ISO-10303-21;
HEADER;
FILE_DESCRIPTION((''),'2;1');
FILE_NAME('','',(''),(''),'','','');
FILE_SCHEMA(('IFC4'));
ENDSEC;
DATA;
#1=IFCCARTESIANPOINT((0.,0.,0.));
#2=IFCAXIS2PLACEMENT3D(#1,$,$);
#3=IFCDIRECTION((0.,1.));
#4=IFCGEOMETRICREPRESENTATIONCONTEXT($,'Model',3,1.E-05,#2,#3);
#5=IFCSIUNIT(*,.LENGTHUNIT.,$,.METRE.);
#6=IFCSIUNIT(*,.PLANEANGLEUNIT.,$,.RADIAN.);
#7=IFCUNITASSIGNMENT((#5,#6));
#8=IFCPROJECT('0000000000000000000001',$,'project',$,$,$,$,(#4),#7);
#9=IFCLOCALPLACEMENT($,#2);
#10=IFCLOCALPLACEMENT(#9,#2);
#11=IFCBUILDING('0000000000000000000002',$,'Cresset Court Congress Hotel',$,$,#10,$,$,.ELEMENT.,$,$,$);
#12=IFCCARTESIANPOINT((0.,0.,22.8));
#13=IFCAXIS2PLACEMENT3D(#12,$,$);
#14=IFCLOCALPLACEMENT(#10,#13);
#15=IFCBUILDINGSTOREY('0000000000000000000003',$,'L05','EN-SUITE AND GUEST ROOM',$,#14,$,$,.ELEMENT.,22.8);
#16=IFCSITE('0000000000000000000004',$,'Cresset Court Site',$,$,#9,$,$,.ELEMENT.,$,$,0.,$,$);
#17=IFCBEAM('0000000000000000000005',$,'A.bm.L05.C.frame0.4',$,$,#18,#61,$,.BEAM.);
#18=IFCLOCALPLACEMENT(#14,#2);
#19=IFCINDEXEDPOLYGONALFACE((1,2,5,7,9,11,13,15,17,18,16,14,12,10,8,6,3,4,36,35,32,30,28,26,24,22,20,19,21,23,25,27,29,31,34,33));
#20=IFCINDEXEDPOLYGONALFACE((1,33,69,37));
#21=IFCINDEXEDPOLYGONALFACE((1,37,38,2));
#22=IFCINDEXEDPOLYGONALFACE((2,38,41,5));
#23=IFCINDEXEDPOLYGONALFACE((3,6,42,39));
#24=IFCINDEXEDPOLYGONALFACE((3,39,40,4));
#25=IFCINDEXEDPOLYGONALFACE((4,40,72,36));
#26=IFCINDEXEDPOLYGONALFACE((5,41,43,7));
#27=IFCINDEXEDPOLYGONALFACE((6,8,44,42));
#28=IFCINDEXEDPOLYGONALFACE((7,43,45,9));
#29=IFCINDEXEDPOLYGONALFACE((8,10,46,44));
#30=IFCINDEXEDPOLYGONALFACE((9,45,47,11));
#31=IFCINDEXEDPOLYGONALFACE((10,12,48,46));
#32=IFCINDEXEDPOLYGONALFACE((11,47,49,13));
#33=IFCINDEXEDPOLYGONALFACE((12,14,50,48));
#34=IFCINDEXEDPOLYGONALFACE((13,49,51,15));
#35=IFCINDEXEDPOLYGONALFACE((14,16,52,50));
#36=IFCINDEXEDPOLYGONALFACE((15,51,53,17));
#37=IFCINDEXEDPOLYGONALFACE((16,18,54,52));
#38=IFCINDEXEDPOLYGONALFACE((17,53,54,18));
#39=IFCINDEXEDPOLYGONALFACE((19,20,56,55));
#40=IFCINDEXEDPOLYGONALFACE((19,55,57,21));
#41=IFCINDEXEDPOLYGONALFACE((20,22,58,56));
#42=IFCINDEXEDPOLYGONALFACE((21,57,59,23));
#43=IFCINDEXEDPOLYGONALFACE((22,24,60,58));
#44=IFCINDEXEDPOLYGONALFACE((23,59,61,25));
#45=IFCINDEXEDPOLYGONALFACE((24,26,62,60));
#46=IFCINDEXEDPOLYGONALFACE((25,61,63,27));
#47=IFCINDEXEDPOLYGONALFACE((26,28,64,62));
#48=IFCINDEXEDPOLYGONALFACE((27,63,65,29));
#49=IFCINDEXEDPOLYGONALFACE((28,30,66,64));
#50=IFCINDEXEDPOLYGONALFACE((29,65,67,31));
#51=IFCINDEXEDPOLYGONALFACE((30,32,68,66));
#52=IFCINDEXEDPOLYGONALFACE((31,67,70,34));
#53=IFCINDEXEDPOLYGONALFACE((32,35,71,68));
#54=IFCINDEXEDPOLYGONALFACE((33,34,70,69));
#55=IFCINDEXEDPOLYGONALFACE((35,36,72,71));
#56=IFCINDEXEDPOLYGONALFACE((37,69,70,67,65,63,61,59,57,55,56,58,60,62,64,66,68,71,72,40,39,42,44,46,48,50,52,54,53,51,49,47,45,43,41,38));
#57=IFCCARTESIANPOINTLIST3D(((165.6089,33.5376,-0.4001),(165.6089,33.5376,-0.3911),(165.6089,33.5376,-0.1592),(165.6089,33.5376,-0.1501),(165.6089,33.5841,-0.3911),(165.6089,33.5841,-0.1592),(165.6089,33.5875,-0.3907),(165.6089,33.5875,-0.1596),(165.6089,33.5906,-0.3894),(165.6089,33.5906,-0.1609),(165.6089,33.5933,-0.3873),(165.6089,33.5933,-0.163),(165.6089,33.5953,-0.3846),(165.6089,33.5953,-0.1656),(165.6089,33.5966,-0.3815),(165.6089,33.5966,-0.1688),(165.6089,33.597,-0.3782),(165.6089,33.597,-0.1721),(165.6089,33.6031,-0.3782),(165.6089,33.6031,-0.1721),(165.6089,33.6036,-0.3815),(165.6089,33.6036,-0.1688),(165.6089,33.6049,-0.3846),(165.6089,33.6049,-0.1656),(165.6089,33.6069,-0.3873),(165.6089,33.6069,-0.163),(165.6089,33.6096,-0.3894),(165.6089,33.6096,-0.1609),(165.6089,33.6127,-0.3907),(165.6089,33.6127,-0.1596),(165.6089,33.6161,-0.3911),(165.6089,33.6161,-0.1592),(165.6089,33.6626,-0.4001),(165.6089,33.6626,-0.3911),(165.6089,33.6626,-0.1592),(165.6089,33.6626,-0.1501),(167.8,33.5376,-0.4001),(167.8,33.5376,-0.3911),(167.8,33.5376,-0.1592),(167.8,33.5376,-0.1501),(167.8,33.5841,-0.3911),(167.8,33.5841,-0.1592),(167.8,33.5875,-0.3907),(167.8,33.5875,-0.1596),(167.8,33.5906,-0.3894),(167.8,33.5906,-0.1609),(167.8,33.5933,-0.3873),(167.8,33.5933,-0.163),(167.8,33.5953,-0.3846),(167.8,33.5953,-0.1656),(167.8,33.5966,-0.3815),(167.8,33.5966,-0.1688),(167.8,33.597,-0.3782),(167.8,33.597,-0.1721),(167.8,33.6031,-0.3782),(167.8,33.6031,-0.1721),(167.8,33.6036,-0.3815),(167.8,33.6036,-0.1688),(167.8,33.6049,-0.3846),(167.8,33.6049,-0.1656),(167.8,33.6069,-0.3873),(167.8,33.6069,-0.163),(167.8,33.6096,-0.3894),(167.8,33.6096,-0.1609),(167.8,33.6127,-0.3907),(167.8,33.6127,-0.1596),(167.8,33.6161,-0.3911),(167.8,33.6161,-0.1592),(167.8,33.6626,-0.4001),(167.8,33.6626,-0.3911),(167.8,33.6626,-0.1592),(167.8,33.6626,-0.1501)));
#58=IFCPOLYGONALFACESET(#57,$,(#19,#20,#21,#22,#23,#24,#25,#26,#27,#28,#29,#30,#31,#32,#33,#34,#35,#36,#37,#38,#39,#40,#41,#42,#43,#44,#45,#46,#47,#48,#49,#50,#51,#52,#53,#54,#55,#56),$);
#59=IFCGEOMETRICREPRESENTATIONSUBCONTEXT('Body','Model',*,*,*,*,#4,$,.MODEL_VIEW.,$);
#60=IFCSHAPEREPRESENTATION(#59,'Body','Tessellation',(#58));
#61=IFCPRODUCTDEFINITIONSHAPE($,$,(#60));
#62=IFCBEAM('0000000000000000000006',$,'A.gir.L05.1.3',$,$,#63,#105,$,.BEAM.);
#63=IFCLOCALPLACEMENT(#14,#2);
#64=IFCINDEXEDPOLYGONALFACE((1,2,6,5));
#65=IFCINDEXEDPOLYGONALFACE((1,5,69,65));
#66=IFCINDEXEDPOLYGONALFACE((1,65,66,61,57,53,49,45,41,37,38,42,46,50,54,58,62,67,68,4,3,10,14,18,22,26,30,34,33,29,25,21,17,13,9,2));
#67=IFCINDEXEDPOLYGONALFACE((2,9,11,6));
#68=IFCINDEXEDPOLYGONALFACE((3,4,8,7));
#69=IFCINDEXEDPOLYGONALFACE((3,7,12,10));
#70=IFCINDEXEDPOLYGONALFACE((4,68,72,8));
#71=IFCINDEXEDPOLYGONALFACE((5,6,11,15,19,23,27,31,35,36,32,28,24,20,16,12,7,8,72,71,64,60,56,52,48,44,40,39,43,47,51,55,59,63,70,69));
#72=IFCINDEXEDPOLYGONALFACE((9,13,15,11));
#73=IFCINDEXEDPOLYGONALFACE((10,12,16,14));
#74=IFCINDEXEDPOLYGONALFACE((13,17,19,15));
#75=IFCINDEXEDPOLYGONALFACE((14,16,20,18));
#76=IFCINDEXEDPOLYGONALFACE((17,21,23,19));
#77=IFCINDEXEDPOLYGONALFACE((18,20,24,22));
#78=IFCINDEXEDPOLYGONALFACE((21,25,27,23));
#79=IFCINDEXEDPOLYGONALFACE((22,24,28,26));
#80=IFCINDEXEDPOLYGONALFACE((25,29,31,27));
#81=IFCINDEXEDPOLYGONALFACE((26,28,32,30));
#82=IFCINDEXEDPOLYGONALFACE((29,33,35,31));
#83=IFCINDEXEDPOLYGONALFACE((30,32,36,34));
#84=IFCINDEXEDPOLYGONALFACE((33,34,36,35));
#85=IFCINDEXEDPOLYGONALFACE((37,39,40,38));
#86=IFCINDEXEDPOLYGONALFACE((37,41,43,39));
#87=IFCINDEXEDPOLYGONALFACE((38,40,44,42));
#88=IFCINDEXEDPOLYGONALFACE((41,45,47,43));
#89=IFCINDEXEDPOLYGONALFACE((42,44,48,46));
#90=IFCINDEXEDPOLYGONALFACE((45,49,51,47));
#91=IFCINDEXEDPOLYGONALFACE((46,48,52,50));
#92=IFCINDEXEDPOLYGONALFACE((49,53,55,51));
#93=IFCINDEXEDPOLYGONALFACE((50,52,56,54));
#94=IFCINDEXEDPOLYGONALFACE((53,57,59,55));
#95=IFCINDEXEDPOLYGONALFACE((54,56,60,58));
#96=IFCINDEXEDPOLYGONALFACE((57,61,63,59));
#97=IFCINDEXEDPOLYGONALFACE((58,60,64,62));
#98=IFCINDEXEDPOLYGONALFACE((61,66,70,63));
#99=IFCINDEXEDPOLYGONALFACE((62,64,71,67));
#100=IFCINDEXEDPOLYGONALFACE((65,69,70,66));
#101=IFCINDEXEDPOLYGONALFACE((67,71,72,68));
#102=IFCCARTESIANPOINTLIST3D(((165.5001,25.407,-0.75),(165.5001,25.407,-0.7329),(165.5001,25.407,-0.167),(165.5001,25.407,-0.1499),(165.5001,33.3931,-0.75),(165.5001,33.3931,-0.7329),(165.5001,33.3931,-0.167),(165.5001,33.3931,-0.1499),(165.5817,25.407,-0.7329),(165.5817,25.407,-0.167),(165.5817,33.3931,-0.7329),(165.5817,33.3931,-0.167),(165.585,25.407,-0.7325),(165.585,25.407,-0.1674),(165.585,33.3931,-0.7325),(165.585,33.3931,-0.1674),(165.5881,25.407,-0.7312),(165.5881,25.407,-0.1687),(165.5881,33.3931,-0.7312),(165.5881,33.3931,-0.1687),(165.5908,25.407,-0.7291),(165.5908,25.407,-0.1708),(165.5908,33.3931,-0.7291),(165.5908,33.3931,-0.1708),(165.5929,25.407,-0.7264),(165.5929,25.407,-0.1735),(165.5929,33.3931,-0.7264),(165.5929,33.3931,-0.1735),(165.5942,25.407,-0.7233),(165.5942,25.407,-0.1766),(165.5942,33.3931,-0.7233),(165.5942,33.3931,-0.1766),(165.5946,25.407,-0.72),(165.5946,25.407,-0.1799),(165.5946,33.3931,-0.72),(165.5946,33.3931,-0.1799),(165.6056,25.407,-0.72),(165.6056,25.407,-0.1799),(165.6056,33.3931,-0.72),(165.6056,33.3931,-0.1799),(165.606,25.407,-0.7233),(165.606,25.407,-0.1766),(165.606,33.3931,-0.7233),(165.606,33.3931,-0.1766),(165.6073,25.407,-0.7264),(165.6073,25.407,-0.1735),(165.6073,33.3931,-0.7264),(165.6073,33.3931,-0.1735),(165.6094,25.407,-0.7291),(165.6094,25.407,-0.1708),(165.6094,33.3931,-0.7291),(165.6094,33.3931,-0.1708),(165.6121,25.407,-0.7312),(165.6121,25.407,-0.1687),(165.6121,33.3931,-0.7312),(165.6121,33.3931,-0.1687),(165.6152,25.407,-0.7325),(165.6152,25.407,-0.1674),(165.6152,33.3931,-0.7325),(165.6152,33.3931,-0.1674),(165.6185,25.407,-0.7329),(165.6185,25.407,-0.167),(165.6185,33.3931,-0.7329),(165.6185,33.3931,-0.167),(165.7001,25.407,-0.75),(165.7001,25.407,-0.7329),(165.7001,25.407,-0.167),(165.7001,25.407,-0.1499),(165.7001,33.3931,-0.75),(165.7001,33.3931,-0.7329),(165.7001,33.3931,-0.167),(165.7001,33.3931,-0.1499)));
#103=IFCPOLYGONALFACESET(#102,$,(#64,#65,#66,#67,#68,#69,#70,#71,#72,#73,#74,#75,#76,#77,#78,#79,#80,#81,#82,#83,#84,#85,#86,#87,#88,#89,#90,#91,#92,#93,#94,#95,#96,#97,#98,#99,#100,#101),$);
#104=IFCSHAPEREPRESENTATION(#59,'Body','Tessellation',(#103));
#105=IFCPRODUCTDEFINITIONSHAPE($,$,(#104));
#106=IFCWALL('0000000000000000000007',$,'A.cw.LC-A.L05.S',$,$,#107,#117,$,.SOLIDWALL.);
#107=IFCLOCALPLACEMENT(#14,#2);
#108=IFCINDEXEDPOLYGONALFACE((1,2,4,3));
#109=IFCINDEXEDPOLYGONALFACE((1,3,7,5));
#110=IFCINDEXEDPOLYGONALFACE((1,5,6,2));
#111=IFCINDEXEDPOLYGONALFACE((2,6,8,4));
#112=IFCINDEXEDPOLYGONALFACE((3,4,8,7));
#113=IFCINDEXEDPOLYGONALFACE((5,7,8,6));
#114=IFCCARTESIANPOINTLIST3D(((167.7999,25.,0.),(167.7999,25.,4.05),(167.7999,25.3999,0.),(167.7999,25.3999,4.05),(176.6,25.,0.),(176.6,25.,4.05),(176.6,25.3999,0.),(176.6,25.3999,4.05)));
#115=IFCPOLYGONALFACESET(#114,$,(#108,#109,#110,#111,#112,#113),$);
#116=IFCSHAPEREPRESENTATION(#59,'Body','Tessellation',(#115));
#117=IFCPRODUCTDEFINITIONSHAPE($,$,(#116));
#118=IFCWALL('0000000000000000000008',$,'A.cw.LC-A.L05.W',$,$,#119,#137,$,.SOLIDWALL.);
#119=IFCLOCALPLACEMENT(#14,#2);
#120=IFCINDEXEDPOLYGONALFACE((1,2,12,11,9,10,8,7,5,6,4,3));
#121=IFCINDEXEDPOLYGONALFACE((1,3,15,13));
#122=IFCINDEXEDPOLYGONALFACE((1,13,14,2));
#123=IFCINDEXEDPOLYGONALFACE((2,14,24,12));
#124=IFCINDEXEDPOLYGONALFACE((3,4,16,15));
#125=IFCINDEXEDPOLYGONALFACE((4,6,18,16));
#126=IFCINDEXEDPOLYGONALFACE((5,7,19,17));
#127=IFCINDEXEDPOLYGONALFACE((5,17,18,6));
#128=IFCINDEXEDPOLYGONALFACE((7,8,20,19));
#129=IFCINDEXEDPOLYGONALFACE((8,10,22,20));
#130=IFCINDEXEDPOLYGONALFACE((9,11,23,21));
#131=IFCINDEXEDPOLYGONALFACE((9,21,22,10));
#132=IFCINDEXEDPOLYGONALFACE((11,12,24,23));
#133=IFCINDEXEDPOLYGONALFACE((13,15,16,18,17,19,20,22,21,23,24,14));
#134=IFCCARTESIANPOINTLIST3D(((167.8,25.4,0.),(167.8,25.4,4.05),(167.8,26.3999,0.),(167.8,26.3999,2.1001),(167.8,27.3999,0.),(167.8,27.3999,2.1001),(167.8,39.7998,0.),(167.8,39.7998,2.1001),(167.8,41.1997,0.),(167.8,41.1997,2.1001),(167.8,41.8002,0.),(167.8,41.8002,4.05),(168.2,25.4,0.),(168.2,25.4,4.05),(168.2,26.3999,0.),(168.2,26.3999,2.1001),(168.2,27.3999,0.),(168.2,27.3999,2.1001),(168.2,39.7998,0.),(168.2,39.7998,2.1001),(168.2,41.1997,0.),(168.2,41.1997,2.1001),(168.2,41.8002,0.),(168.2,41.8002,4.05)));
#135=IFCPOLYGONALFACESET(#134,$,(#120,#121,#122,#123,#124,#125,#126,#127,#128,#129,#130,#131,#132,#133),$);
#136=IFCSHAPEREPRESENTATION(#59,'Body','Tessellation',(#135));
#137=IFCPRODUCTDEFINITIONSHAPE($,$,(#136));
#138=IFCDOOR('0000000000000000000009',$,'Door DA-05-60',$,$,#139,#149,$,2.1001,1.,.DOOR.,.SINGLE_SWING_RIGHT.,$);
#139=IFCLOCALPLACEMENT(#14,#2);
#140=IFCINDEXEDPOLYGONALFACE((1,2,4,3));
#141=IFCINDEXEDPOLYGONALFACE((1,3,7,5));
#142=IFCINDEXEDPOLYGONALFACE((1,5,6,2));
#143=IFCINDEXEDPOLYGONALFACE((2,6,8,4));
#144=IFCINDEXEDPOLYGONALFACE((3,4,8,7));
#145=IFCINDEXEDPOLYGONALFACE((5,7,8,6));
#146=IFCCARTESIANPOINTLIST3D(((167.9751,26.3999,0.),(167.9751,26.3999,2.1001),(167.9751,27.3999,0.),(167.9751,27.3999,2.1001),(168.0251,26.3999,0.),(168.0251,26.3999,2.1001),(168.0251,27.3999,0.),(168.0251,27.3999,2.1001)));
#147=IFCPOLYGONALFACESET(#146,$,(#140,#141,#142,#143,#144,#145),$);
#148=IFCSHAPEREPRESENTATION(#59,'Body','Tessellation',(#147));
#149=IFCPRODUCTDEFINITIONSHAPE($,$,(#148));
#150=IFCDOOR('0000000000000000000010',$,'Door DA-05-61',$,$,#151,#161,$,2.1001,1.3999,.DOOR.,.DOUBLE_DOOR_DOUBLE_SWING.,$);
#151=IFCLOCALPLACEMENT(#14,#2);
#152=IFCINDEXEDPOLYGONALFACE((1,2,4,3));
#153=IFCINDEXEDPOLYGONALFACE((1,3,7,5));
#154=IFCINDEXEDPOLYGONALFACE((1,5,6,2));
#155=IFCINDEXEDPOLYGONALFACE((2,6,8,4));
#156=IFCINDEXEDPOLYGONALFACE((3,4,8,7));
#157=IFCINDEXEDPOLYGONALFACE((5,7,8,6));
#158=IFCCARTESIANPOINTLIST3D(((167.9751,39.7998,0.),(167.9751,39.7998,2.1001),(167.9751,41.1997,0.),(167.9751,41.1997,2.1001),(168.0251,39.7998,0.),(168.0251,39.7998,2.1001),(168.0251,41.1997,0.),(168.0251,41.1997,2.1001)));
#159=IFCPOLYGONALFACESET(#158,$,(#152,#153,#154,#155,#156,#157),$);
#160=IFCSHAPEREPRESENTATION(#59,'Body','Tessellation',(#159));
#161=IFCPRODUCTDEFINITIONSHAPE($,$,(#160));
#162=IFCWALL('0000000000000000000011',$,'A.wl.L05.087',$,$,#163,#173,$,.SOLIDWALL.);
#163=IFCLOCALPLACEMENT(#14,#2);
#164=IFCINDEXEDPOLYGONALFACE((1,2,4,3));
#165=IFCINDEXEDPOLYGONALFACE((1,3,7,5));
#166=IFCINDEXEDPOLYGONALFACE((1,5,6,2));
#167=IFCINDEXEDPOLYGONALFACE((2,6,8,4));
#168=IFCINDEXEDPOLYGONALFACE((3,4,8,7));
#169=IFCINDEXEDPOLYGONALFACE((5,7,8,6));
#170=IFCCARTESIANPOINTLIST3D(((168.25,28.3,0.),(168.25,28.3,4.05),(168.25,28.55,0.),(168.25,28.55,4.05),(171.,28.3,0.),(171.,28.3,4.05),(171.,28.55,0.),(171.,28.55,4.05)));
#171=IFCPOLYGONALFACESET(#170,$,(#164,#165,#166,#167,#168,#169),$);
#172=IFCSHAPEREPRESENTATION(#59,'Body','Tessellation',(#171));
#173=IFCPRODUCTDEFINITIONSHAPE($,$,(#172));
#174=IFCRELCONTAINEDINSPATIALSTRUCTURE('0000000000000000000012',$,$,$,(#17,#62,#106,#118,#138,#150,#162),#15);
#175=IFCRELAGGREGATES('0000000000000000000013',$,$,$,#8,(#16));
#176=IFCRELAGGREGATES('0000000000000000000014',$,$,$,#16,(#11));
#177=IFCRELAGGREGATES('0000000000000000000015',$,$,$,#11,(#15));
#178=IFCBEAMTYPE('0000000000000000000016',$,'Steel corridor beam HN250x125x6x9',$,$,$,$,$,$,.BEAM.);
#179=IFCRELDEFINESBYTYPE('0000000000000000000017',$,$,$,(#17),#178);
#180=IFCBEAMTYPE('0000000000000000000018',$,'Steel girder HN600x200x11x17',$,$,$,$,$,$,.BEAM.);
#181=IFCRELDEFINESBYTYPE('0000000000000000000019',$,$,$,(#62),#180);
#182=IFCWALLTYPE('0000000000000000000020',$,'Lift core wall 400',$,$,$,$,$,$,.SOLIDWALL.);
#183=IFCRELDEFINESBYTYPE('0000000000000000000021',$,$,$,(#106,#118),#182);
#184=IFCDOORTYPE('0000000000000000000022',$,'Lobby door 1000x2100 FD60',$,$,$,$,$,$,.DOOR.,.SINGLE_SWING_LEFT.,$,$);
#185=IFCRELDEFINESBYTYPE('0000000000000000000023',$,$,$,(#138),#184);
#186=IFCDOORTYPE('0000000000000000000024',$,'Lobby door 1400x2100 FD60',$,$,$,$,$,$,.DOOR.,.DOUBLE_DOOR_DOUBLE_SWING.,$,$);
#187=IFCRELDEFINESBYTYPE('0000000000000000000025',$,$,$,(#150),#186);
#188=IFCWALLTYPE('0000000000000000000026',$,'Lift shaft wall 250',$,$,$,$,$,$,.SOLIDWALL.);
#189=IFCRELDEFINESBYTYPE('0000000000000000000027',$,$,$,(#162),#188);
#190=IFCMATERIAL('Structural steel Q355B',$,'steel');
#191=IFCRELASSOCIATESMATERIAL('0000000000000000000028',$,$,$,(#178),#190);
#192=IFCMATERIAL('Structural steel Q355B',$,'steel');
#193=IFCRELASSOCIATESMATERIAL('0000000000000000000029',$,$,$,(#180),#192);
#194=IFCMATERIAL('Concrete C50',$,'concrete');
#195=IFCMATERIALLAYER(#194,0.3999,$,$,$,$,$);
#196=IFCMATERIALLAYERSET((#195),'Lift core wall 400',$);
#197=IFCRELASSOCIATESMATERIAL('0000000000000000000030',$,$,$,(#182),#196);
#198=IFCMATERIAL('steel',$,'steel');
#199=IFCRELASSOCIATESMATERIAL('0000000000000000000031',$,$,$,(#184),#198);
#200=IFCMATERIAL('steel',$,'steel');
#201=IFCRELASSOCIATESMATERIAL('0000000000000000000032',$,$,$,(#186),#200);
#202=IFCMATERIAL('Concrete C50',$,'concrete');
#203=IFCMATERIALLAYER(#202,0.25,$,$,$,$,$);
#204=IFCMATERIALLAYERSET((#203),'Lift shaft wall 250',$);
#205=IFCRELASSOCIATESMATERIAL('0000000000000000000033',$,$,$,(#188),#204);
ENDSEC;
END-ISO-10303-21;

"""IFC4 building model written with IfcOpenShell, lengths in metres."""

from ifc_helpers import new_model, si_unit, direction, frame, frame_2d, origin, origin_2d, place, context, subcontext, project, spatial, rectangle, i_section, extrude, material, layer, layer_set, material_profile, profile_set, type_object, element, fill, save


model = new_model("IFC4")

# Units and contexts
model_context = context("Model", 3, precision=1e-05, world=origin(), true_north=direction((0.0, 1.0)))
body_context = subcontext(model_context, "Body", "Model", "MODEL_VIEW")
ifc_project = project(units=[si_unit("LENGTHUNIT", "METRE"), si_unit("PLANEANGLEUNIT", "RADIAN")], contexts=[model_context])

# Site, building, storey
site_placement = place(None, origin())
site = spatial("IfcSite", under=ifc_project, at=site_placement, Name="Cresset Court Site", CompositionType="ELEMENT", RefElevation=0.0)
building_placement = place(site_placement, origin())
building = spatial("IfcBuilding", under=site, at=building_placement, Name="Cresset Court Congress Hotel", CompositionType="ELEMENT")
storey_placement = place(building_placement, frame((0.0, 0.0, 22.8)))
storey = spatial("IfcBuildingStorey", under=building, at=storey_placement, Name="L05", Description="EN-SUITE AND GUEST ROOM", CompositionType="ELEMENT", Elevation=22.8)

# Beams
ifc_material_1 = material(Name="Structural steel Q355B", Category="steel")
ifc_material_profile_1 = material_profile(ifc_material_1, i_section(OverallWidth=0.125, OverallDepth=0.25, WebThickness=0.0061, FlangeThickness=0.009, FilletRadius=0.0129, at=origin_2d()), Name="HN250x125x6x9")
ifc_profile_set_1 = profile_set([ifc_material_profile_1], Name="Structural steel Q355B")
beam_type_1 = type_object("IfcBeamType", Name="Steel corridor beam HN250x125x6x9", PredefinedType="BEAM", material=ifc_profile_set_1)
beam_1_placement = place(storey_placement, frame((165.6089, 33.6001, -0.2751), z_axis=(1.0, 0.0, 0.0), x_axis=(0.0, 1.0, 0.0)))
element("IfcBeam", 1, at=beam_1_placement, inside=storey, type_object=beam_type_1, Name="A.bm.L05.C.frame0.4", PredefinedType="BEAM", context=body_context, shape_type="SweptSolid", body=[
    extrude(i_section(OverallWidth=0.125, OverallDepth=0.25, WebThickness=0.0061, FlangeThickness=0.009, FilletRadius=0.0129, at=origin_2d()), origin(), (0.0, 0.0, 1.0), 2.1912),
])
ifc_material_2 = material(Name="Structural steel Q355B", Category="steel")
ifc_material_profile_2 = material_profile(ifc_material_2, i_section(OverallWidth=0.2, OverallDepth=0.6001, WebThickness=0.011, FlangeThickness=0.0171, FilletRadius=0.0129, at=origin_2d()), Name="HN600x200x11x17")
ifc_profile_set_2 = profile_set([ifc_material_profile_2], Name="Structural steel Q355B")
beam_type_2 = type_object("IfcBeamType", Name="Steel girder HN600x200x11x17", PredefinedType="BEAM", material=ifc_profile_set_2)
beam_2_placement = place(storey_placement, frame((165.6001, 25.407, -0.45), z_axis=(0.0, 1.0, 0.0), x_axis=(-1.0, 0.0, 0.0)))
element("IfcBeam", 2, at=beam_2_placement, inside=storey, type_object=beam_type_2, Name="A.gir.L05.1.3", PredefinedType="BEAM", context=body_context, shape_type="SweptSolid", body=[
    extrude(i_section(OverallWidth=0.2, OverallDepth=0.6001, WebThickness=0.011, FlangeThickness=0.0171, FilletRadius=0.0129, at=origin_2d()), origin(), (0.0, 0.0, 1.0), 7.9861),
])

# Wall
ifc_material_3 = material(Name="Concrete C50", Category="concrete")
ifc_layer_1 = layer(ifc_material_3, 0.3999)
ifc_layer_set_1 = layer_set([ifc_layer_1], Name="Lift core wall 400")
wall_type_1 = type_object("IfcWallType", Name="Lift core wall 400", PredefinedType="SOLIDWALL", material=ifc_layer_set_1)
wall_1_placement = place(storey_placement, frame((167.8, 25.2, 0.0), z_axis=(0.0, 0.0, 1.0), x_axis=(1.0, 0.0, 0.0)))
element("IfcWall", 3, at=wall_1_placement, inside=storey, type_object=wall_type_1, Name="A.cw.LC-A.L05.S", PredefinedType="SOLIDWALL", context=body_context, shape_type="SweptSolid", body=[
    extrude(rectangle(XDim=8.8, YDim=0.3999, at=frame_2d((4.3999, 0.0))), origin(), (0.0, 0.0, 1.0), 4.05),
])

# Wall, openings, doors
wall_2_placement = place(storey_placement, frame((168.0, 25.3999, 0.0), z_axis=(0.0, 0.0, 1.0), x_axis=(0.0, 1.0, 0.0)))
wall_2 = element("IfcWall", 4, at=wall_2_placement, inside=storey, type_object=wall_type_1, Name="A.cw.LC-A.L05.W", PredefinedType="SOLIDWALL", context=body_context, shape_type="SweptSolid", body=[
    extrude(rectangle(XDim=16.4001, YDim=0.3999, at=frame_2d((8.2002, 0.0))), origin(), (0.0, 0.0, 1.0), 4.05),
])
opening_1_placement = place(wall_2_placement, frame((1.0, 0.0, 0.0)))
opening_1 = element("IfcOpeningElement", 5, at=opening_1_placement, cuts=wall_2, PredefinedType="OPENING", context=body_context, shape_type="SweptSolid", body=[
    extrude(rectangle(XDim=1.0, YDim=2.1001, at=frame_2d((0.5, 1.05))), frame((0.0, 0.21, 0.0), z_axis=(0.0, -1.0, 0.0), x_axis=(1.0, 0.0, 0.0)), (0.0, 0.0, 1.0), 0.4199),
])
opening_2_placement = place(wall_2_placement, frame((14.3999, 0.0, 0.0)))
opening_2 = element("IfcOpeningElement", 6, at=opening_2_placement, cuts=wall_2, PredefinedType="OPENING", context=body_context, shape_type="SweptSolid", body=[
    extrude(rectangle(XDim=1.3999, YDim=2.1001, at=frame_2d((0.7, 1.05))), frame((0.0, 0.21, 0.0), z_axis=(0.0, -1.0, 0.0), x_axis=(1.0, 0.0, 0.0)), (0.0, 0.0, 1.0), 0.4199),
])
ifc_material_4 = material(Name="steel", Category="steel")
door_type_1 = type_object("IfcDoorType", Name="Lobby door 1000x2100 FD60", OperationType="SINGLE_SWING_LEFT", PredefinedType="DOOR", material=ifc_material_4)
door_1_placement = place(opening_1_placement, origin())
door_1 = element("IfcDoor", 7, at=door_1_placement, inside=storey, type_object=door_type_1, Name="Door DA-05-60", OperationType="SINGLE_SWING_RIGHT", OverallHeight=2.1001, OverallWidth=1.0, PredefinedType="DOOR", context=body_context, shape_type="SweptSolid", body=[
    extrude(rectangle(XDim=1.0, YDim=2.1001, at=frame_2d((0.5, 1.05))), frame((0.0, 0.0249, 0.0), z_axis=(0.0, -1.0, 0.0), x_axis=(1.0, 0.0, 0.0)), (0.0, 0.0, 1.0), 0.05),
])
fill(opening_1, door_1)
ifc_material_5 = material(Name="steel", Category="steel")
door_type_2 = type_object("IfcDoorType", Name="Lobby door 1400x2100 FD60", OperationType="DOUBLE_DOOR_DOUBLE_SWING", PredefinedType="DOOR", material=ifc_material_5)
door_2_placement = place(opening_2_placement, origin())
door_2 = element("IfcDoor", 8, at=door_2_placement, inside=storey, type_object=door_type_2, Name="Door DA-05-61", OperationType="DOUBLE_DOOR_DOUBLE_SWING", OverallHeight=2.1001, OverallWidth=1.3999, PredefinedType="DOOR", context=body_context, shape_type="SweptSolid", body=[
    extrude(rectangle(XDim=1.3999, YDim=2.1001, at=frame_2d((0.7, 1.05))), frame((0.0, 0.0249, 0.0), z_axis=(0.0, -1.0, 0.0), x_axis=(1.0, 0.0, 0.0)), (0.0, 0.0, 1.0), 0.05),
])
fill(opening_2, door_2)

# Wall
ifc_material_6 = material(Name="Concrete C50", Category="concrete")
ifc_layer_2 = layer(ifc_material_6, 0.25)
ifc_layer_set_2 = layer_set([ifc_layer_2], Name="Lift shaft wall 250")
wall_type_2 = type_object("IfcWallType", Name="Lift shaft wall 250", PredefinedType="SOLIDWALL", material=ifc_layer_set_2)
for number, where, z_axis, x_axis, name in (
    (9, (168.25, 28.425, 0.0), (0.0, 0.0, 1.0), (1.0, 0.0, 0.0), "A.wl.L05.087"),
):
    element("IfcWall", number, at=place(storey_placement, frame(where, z_axis=z_axis, x_axis=x_axis)), inside=storey, type_object=wall_type_2, Name=name, PredefinedType="SOLIDWALL", context=body_context, shape_type="SweptSolid", body=[
        extrude(rectangle(XDim=2.75, YDim=0.25, at=frame_2d((1.375, 0.0))), origin(), (0.0, 0.0, 1.0), 4.05),
    ])

save(model, "model.ifc")
